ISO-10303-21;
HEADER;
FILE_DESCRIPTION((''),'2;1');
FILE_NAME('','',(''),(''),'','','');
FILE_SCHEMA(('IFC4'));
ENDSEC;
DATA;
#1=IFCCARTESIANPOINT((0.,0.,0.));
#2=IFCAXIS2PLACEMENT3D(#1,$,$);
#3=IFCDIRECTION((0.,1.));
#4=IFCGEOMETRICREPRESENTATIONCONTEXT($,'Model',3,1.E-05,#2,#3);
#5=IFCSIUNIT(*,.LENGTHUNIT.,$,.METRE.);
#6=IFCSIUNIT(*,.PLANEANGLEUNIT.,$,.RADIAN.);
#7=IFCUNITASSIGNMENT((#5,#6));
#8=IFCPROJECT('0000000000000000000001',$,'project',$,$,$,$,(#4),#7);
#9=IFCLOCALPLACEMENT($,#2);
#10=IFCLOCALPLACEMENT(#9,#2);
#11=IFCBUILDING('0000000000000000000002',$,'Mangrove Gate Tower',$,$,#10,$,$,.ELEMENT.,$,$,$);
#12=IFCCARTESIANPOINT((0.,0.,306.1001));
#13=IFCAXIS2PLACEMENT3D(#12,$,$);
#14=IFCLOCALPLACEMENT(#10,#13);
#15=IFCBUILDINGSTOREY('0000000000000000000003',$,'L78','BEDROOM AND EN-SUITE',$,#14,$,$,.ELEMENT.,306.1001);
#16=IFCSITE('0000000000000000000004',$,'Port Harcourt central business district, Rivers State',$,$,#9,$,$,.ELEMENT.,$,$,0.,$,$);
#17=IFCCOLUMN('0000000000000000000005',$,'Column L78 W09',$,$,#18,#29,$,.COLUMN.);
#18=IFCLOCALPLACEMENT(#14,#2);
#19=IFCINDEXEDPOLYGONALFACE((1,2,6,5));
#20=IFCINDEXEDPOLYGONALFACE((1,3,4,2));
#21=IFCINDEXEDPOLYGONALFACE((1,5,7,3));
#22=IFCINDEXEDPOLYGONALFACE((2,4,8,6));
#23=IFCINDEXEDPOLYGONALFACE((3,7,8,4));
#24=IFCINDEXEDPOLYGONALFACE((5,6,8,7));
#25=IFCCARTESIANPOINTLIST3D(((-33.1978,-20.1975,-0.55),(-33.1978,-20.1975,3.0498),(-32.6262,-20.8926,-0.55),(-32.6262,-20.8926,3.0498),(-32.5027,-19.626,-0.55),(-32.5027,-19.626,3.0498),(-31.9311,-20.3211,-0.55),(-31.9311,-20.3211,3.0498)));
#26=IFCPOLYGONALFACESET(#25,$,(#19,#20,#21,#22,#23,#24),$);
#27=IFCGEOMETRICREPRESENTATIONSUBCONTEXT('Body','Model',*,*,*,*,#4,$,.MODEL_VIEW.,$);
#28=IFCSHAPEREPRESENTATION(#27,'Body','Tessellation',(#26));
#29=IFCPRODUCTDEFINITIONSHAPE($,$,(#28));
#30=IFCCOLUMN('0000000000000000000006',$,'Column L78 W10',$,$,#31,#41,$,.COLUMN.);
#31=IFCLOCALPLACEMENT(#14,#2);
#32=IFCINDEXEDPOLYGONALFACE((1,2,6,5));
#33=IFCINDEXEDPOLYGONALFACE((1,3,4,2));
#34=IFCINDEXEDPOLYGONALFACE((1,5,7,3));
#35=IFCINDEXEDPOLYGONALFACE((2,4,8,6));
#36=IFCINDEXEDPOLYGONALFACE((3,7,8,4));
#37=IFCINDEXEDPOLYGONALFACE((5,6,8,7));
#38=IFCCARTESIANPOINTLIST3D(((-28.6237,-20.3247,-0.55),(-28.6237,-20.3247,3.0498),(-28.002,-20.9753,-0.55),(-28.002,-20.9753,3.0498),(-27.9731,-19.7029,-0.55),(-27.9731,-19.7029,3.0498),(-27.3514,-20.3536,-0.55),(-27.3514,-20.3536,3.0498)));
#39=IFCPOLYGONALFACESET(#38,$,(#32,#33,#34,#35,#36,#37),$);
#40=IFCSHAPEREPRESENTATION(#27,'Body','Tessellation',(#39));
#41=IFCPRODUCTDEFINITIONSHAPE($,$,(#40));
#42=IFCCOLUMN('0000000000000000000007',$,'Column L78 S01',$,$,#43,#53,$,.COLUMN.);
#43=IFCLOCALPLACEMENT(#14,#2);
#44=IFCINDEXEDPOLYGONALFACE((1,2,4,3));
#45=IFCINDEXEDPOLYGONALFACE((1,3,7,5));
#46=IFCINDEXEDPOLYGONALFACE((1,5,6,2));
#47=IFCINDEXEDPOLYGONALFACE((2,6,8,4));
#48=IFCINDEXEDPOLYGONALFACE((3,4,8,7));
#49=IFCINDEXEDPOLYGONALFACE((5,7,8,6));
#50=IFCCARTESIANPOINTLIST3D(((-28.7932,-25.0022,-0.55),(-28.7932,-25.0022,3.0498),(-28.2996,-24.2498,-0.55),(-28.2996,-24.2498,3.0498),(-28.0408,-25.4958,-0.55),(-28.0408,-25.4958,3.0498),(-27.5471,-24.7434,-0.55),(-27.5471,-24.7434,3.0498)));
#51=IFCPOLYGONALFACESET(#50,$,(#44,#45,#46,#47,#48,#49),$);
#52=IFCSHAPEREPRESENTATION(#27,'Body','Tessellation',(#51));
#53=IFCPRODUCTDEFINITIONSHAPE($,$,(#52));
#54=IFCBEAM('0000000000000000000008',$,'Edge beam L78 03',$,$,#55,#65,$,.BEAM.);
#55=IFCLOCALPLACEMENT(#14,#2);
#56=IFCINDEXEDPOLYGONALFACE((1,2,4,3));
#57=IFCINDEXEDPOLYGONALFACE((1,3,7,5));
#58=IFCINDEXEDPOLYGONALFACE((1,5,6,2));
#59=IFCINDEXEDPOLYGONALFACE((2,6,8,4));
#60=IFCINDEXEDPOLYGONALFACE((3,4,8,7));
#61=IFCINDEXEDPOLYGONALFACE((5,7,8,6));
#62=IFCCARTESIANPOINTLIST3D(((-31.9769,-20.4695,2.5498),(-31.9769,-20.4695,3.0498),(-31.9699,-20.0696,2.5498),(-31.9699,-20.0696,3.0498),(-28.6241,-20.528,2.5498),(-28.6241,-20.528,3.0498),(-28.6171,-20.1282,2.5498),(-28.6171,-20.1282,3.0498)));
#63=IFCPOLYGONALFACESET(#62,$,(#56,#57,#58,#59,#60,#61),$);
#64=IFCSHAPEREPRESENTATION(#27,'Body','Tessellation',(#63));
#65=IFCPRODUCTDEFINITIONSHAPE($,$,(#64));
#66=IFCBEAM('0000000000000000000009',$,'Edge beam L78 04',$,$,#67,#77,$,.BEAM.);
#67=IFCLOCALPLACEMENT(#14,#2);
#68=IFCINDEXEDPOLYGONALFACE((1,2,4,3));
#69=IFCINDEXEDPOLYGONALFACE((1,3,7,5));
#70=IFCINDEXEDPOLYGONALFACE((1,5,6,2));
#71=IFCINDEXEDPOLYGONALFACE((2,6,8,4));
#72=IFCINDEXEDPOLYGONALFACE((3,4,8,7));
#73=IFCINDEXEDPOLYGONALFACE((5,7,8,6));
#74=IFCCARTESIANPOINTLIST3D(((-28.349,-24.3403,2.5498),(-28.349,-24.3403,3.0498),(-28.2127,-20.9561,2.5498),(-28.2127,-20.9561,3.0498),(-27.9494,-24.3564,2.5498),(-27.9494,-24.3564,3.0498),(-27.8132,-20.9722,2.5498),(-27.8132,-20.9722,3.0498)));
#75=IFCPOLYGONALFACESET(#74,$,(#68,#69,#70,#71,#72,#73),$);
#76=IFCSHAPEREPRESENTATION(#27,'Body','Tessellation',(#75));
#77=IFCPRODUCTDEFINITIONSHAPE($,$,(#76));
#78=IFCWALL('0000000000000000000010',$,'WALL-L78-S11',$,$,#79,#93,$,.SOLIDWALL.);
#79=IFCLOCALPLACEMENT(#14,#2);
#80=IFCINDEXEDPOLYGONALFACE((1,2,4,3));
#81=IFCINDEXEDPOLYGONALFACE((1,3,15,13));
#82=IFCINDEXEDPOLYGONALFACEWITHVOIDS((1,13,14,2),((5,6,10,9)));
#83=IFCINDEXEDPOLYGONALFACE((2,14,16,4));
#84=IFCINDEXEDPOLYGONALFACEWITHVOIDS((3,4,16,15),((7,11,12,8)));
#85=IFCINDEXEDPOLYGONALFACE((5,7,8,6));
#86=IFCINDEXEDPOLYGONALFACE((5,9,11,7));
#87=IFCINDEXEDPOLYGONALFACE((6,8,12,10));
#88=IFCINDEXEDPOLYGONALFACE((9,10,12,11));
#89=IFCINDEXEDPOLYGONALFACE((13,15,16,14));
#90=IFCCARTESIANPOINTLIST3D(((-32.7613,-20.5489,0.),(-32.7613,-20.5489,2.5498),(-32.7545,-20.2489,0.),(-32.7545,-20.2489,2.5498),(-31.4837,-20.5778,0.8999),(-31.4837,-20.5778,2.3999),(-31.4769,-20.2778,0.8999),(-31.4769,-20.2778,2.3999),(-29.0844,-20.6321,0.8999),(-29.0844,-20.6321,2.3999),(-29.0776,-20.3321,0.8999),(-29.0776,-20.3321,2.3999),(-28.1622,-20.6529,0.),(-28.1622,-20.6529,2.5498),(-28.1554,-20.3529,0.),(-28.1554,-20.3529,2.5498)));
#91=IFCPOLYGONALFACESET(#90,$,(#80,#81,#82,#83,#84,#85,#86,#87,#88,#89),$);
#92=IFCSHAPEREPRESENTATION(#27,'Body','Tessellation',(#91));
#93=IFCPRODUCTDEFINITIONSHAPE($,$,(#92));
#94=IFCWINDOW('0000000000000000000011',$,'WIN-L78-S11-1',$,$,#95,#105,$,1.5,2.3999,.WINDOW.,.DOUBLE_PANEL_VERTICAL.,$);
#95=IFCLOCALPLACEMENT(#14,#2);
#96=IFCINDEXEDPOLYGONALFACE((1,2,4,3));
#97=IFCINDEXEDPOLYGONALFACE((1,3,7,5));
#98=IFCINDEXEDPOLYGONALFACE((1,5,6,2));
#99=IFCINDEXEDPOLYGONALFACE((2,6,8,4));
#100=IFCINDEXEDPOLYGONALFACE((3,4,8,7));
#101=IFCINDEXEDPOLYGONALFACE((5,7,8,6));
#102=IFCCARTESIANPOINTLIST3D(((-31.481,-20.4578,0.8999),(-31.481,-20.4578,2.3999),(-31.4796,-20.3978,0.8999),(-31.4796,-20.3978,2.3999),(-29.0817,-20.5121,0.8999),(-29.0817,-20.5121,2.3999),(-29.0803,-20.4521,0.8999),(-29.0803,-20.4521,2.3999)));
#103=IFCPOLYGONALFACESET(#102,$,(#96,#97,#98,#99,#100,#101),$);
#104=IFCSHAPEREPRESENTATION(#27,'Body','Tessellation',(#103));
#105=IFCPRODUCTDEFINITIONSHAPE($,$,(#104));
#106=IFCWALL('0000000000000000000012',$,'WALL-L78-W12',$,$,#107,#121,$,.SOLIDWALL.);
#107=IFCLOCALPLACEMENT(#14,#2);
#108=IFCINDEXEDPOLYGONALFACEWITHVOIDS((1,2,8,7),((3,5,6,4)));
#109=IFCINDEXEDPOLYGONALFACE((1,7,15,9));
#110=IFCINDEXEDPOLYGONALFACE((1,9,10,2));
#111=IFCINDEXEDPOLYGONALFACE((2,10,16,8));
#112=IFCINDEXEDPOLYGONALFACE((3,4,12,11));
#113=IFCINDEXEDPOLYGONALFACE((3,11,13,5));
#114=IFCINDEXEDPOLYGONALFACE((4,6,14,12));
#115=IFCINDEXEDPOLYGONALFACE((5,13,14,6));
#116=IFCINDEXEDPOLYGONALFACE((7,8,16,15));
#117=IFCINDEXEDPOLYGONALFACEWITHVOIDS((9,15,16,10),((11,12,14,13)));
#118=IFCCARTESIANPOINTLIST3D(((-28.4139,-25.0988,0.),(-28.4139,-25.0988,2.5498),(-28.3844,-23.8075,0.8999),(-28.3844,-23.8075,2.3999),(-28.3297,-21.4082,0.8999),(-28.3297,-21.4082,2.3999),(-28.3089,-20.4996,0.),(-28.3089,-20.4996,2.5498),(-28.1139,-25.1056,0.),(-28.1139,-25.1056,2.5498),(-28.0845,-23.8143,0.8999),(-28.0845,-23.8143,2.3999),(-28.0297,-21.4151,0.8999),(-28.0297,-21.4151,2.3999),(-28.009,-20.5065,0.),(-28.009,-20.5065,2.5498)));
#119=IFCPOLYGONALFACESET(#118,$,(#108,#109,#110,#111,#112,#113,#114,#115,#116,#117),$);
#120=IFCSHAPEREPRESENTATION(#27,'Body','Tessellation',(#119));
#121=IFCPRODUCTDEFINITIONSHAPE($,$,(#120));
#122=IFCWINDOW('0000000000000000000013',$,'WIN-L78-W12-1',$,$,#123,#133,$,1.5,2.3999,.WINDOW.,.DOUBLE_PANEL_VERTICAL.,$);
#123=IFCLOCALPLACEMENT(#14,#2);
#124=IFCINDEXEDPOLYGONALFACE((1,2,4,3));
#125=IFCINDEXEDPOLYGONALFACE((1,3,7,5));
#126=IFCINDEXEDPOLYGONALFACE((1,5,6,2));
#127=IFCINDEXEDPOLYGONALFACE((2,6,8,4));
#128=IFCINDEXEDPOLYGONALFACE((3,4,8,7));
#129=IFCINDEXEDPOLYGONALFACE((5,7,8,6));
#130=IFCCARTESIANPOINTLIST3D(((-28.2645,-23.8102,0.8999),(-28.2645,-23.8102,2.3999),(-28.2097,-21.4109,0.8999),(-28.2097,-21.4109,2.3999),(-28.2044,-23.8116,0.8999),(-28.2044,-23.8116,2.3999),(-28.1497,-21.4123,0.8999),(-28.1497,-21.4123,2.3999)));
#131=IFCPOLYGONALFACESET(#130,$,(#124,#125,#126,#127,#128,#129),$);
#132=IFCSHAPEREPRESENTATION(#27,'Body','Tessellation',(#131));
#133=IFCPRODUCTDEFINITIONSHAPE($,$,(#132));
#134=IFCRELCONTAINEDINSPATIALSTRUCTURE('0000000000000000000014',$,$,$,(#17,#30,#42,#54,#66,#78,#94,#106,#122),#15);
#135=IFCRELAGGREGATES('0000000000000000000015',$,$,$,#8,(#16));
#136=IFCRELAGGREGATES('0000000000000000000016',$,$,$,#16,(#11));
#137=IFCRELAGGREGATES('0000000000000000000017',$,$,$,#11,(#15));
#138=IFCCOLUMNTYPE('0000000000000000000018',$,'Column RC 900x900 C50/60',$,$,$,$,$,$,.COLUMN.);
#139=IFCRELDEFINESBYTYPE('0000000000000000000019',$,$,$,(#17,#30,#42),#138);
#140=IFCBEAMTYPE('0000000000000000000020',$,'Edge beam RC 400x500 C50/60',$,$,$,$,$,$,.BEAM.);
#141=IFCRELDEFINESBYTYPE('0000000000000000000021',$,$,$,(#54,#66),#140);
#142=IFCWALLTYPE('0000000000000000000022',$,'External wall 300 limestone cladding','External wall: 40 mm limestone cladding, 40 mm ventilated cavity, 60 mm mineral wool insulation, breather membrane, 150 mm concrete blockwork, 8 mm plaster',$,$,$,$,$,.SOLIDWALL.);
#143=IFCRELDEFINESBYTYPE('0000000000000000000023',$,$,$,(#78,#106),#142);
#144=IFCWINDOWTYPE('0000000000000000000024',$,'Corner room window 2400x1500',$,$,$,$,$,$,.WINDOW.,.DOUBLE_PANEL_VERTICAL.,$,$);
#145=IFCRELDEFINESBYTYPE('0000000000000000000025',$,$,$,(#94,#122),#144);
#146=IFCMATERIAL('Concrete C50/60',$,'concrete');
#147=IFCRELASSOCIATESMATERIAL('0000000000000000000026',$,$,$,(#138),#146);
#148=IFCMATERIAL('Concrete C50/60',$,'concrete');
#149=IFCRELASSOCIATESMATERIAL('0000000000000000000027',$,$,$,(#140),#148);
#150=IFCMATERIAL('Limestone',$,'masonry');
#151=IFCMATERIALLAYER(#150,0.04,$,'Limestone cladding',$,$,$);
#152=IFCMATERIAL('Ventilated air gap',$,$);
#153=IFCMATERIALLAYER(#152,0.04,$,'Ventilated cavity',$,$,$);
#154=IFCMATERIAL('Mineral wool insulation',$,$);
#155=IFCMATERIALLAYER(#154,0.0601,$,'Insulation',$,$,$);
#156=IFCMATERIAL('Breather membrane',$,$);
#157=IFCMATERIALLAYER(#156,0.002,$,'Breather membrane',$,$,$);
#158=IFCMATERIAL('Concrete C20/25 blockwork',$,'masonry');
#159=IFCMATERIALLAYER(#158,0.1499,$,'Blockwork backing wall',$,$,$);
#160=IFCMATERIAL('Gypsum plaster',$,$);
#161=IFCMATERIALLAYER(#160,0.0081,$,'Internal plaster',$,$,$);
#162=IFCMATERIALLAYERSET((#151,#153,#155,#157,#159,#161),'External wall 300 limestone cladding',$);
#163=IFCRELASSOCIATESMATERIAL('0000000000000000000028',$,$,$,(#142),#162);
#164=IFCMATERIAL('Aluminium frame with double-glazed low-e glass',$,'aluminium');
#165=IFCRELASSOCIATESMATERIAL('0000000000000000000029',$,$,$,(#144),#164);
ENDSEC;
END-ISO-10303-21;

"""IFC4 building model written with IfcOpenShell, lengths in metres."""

from ifc_helpers import new_model, si_unit, direction, frame, frame_2d, origin, origin_2d, place, context, subcontext, project, spatial, rectangle, extrude, material, layer, layer_set, material_profile, profile_set, type_object, element, fill, save


model = new_model("IFC4")

# Units and contexts
model_context = context("Model", 3, precision=1e-05, world=origin(), true_north=direction((0.0, 1.0)))
body_context = subcontext(model_context, "Body", "Model", "MODEL_VIEW")
ifc_project = project(units=[si_unit("LENGTHUNIT", "METRE"), si_unit("PLANEANGLEUNIT", "RADIAN")], contexts=[model_context])

# Site, building, storey
site_placement = place(None, origin())
site = spatial("IfcSite", under=ifc_project, at=site_placement, Name="Port Harcourt central business district, Rivers State", CompositionType="ELEMENT", RefElevation=0.0)
building_placement = place(site_placement, origin())
building = spatial("IfcBuilding", under=site, at=building_placement, Name="Mangrove Gate Tower", CompositionType="ELEMENT")
storey_placement = place(building_placement, frame((0.0, 0.0, 306.1001)))
storey = spatial("IfcBuildingStorey", under=building, at=storey_placement, Name="L78", Description="BEDROOM AND EN-SUITE", CompositionType="ELEMENT", Elevation=306.1001)

# Columns
ifc_material_1 = material(Name="Concrete C50/60", Category="concrete")
ifc_material_profile_1 = material_profile(ifc_material_1, rectangle(XDim=0.8999, YDim=0.8999, at=origin_2d()))
ifc_profile_set_1 = profile_set([ifc_material_profile_1], Name="Concrete C50/60")
column_type = type_object("IfcColumnType", Name="Column RC 900x900 C50/60", PredefinedType="COLUMN", material=ifc_profile_set_1)
for number, where, z_axis, x_axis, name in (
    (1, (-32.5645, -20.2593, -0.55), (0.0, 0.0, 1.0), (0.635105, -0.772425, 0.0), "Column L78 W09"),
    (2, (-27.9875, -20.3391, -0.55), (0.0, 0.0, 1.0), (0.690863, -0.722986, 0.0), "Column L78 W10"),
    (3, (-28.1702, -24.8728, -0.55), (0.0, 0.0, 1.0), (0.836135, -0.548523, 0.0), "Column L78 S01"),
):
    element("IfcColumn", number, at=place(storey_placement, frame(where, z_axis=z_axis, x_axis=x_axis)), inside=storey, type_object=column_type, Name=name, PredefinedType="COLUMN", context=body_context, shape_type="SweptSolid", body=[
        extrude(rectangle(XDim=0.8999, YDim=0.8999, at=origin_2d()), origin(), (0.0, 0.0, 1.0), 3.5999),
    ])

# Beams
ifc_material_2 = material(Name="Concrete C50/60", Category="concrete")
ifc_material_profile_2 = material_profile(ifc_material_2, rectangle(XDim=0.3999, YDim=0.5, at=origin_2d()))
ifc_profile_set_2 = profile_set([ifc_material_profile_2], Name="Concrete C50/60")
beam_type = type_object("IfcBeamType", Name="Edge beam RC 400x500 C50/60", PredefinedType="BEAM", material=ifc_profile_set_2)
beam_1_placement = place(storey_placement, frame((-31.9734, -20.2695, 2.7998), z_axis=(0.999847, -0.017473, 0.0), x_axis=(0.017473, 0.999847, 0.0)))
element("IfcBeam", 4, at=beam_1_placement, inside=storey, type_object=beam_type, Name="Edge beam L78 03", PredefinedType="BEAM", context=body_context, shape_type="SweptSolid", body=[
    extrude(rectangle(XDim=0.3999, YDim=0.5, at=origin_2d()), origin(), (0.0, 0.0, 1.0), 3.3533),
])
beam_2_placement = place(storey_placement, frame((-28.0129, -20.9641, 2.7998), z_axis=(-0.040221, -0.999191, 0.0), x_axis=(0.999191, -0.040221, 0.0)))
element("IfcBeam", 5, at=beam_2_placement, inside=storey, type_object=beam_type, Name="Edge beam L78 04", PredefinedType="BEAM", context=body_context, shape_type="SweptSolid", body=[
    extrude(rectangle(XDim=0.3999, YDim=0.5, at=origin_2d()), origin(), (0.0, 0.0, 1.0), 3.387),
])

# Walls, openings, windows
ifc_material_3 = material(Name="Limestone", Category="masonry")
ifc_layer_1 = layer(ifc_material_3, 0.04, Name="Limestone cladding")
ifc_material_4 = material(Name="Ventilated air gap")
ifc_layer_2 = layer(ifc_material_4, 0.04, Name="Ventilated cavity")
ifc_material_5 = material(Name="Mineral wool insulation")
ifc_layer_3 = layer(ifc_material_5, 0.0601, Name="Insulation")
ifc_material_6 = material(Name="Breather membrane")
ifc_layer_4 = layer(ifc_material_6, 0.002, Name="Breather membrane")
ifc_material_7 = material(Name="Concrete C20/25 blockwork", Category="masonry")
ifc_layer_5 = layer(ifc_material_7, 0.1499, Name="Blockwork backing wall")
ifc_material_8 = material(Name="Gypsum plaster")
ifc_layer_6 = layer(ifc_material_8, 0.0081, Name="Internal plaster")
ifc_layer_set = layer_set([ifc_layer_1, ifc_layer_2, ifc_layer_3, ifc_layer_4, ifc_layer_5, ifc_layer_6], Name="External wall 300 limestone cladding")
wall_type = type_object("IfcWallType", Name="External wall 300 limestone cladding", Description="External wall: 40 mm limestone cladding, 40 mm ventilated cavity, 60 mm mineral wool insulation, breather membrane, 150 mm concrete blockwork, 8 mm plaster", PredefinedType="SOLIDWALL", material=ifc_layer_set)
wall_1_placement = place(storey_placement, frame((-32.7581, -20.3989, 0.0), z_axis=(0.0, 0.0, 1.0), x_axis=(0.999744, -0.022608, 0.0)))
wall_1 = element("IfcWall", 6, at=wall_1_placement, inside=storey, type_object=wall_type, Name="WALL-L78-S11", PredefinedType="SOLIDWALL", context=body_context, shape_type="SweptSolid", body=[
    extrude(rectangle(XDim=4.6003, YDim=0.3, at=frame_2d((2.3003, 0.0))), origin(), (0.0, 0.0, 1.0), 2.5498),
])
opening_1_placement = place(wall_1_placement, frame((1.2781, 0.0, 0.8999)))
opening_1 = element("IfcOpeningElement", 7, at=opening_1_placement, cuts=wall_1, PredefinedType="OPENING", context=body_context, shape_type="SweptSolid", body=[
    extrude(rectangle(XDim=2.3999, YDim=1.5, at=frame_2d((1.2, 0.75))), frame((0.0, 0.1599, 0.0), z_axis=(0.0, -1.0, 0.0), x_axis=(1.0, 0.0, 0.0)), (0.0, 0.0, 1.0), 0.3201),
])
ifc_material_9 = material(Name="Aluminium frame with double-glazed low-e glass", Category="aluminium")
window_type = type_object("IfcWindowType", Name="Corner room window 2400x1500", PartitioningType="DOUBLE_PANEL_VERTICAL", PredefinedType="WINDOW", material=ifc_material_9)
window_1_placement = place(opening_1_placement, origin())
window_1 = element("IfcWindow", 8, at=window_1_placement, inside=storey, type_object=window_type, Name="WIN-L78-S11-1", OverallHeight=1.5, OverallWidth=2.3999, PartitioningType="DOUBLE_PANEL_VERTICAL", PredefinedType="WINDOW", context=body_context, shape_type="SweptSolid", body=[
    extrude(rectangle(XDim=2.3999, YDim=1.5, at=frame_2d((1.2, 0.75))), frame((0.0, 0.03, 0.0), z_axis=(0.0, -1.0, 0.0), x_axis=(1.0, 0.0, 0.0)), (0.0, 0.0, 1.0), 0.0601),
])
fill(opening_1, window_1)
wall_2_placement = place(storey_placement, frame((-28.1589, -20.5029, 0.0), z_axis=(0.0, 0.0, 1.0), x_axis=(-0.02282, -0.99974, 0.0)))
wall_2 = element("IfcWall", 9, at=wall_2_placement, inside=storey, type_object=wall_type, Name="WALL-L78-W12", PredefinedType="SOLIDWALL", context=body_context, shape_type="SweptSolid", body=[
    extrude(rectangle(XDim=4.6003, YDim=0.3, at=frame_2d((2.3003, 0.0))), origin(), (0.0, 0.0, 1.0), 2.5498),
])
opening_2_placement = place(wall_2_placement, frame((0.9089, 0.0, 0.8999)))
opening_2 = element("IfcOpeningElement", 10, at=opening_2_placement, cuts=wall_2, PredefinedType="OPENING", context=body_context, shape_type="SweptSolid", body=[
    extrude(rectangle(XDim=2.3999, YDim=1.5, at=frame_2d((1.2, 0.75))), frame((0.0, 0.1599, 0.0), z_axis=(0.0, -1.0, 0.0), x_axis=(1.0, 0.0, 0.0)), (0.0, 0.0, 1.0), 0.3201),
])
window_2_placement = place(opening_2_placement, origin())
window_2 = element("IfcWindow", 11, at=window_2_placement, inside=storey, type_object=window_type, Name="WIN-L78-W12-1", OverallHeight=1.5, OverallWidth=2.3999, PartitioningType="DOUBLE_PANEL_VERTICAL", PredefinedType="WINDOW", context=body_context, shape_type="SweptSolid", body=[
    extrude(rectangle(XDim=2.3999, YDim=1.5, at=frame_2d((1.2, 0.75))), frame((0.0, 0.03, 0.0), z_axis=(0.0, -1.0, 0.0), x_axis=(1.0, 0.0, 0.0)), (0.0, 0.0, 1.0), 0.0601),
])
fill(opening_2, window_2)

save(model, "model.ifc")
